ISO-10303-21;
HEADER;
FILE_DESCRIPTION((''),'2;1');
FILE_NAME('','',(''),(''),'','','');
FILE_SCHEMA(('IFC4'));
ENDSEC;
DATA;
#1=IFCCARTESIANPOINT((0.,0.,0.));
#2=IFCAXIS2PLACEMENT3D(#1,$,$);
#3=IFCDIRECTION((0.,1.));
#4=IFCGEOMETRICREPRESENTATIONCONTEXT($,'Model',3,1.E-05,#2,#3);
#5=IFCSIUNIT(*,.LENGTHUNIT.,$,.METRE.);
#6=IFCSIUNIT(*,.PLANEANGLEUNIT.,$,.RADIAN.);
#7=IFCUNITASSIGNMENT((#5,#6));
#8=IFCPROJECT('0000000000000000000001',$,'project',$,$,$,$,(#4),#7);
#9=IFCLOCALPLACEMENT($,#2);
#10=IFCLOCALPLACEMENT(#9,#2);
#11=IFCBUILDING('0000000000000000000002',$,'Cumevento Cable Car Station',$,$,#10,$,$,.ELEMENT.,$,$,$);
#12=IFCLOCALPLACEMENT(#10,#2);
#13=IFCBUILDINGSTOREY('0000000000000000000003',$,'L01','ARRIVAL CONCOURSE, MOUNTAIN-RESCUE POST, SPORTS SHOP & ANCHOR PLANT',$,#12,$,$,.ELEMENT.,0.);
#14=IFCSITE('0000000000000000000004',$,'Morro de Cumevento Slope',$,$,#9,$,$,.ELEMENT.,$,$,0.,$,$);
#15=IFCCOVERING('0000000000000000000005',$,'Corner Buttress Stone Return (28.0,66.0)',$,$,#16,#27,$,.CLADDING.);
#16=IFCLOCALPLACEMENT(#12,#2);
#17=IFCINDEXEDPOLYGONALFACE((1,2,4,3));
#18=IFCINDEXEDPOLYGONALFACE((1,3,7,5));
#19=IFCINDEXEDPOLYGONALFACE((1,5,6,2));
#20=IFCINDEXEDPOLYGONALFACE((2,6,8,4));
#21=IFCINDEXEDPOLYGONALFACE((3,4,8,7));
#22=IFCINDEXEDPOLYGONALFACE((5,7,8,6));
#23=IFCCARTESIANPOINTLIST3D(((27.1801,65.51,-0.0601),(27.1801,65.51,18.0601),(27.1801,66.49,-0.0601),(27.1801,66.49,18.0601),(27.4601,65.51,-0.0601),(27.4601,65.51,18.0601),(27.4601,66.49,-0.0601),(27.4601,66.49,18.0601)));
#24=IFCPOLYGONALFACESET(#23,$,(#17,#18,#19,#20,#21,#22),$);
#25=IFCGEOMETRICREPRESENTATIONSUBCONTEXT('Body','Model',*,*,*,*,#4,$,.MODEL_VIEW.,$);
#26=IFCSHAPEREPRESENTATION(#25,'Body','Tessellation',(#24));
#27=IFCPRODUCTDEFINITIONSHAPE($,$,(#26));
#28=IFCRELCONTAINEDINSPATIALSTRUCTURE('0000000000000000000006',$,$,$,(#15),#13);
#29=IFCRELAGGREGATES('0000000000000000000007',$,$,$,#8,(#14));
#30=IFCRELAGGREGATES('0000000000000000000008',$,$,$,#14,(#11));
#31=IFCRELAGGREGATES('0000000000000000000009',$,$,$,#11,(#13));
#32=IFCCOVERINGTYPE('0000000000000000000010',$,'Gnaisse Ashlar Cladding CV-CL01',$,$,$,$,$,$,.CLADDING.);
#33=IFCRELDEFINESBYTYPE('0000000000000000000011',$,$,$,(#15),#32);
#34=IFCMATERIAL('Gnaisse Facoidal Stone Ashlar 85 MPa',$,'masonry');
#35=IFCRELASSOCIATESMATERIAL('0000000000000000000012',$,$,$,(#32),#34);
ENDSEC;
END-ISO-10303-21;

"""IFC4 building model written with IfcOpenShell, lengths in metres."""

from ifc_helpers import new_model, si_unit, direction, frame, origin, origin_2d, place, context, subcontext, project, spatial, rectangle, extrude, material, type_object, element, save


model = new_model("IFC4")

# Units and contexts
model_context = context("Model", 3, precision=1e-05, world=origin(), true_north=direction((0.0, 1.0)))
body_context = subcontext(model_context, "Body", "Model", "MODEL_VIEW")
ifc_project = project(units=[si_unit("LENGTHUNIT", "METRE"), si_unit("PLANEANGLEUNIT", "RADIAN")], contexts=[model_context])

# Site, building, storey
site_placement = place(None, origin())
site = spatial("IfcSite", under=ifc_project, at=site_placement, Name="Morro de Cumevento Slope", CompositionType="ELEMENT", RefElevation=0.0)
building_placement = place(site_placement, origin())
building = spatial("IfcBuilding", under=site, at=building_placement, Name="Cumevento Cable Car Station", CompositionType="ELEMENT")
storey_placement = place(building_placement, origin())
storey = spatial("IfcBuildingStorey", under=building, at=storey_placement, Name="L01", Description="ARRIVAL CONCOURSE, MOUNTAIN-RESCUE POST, SPORTS SHOP & ANCHOR PLANT", CompositionType="ELEMENT", Elevation=0.0)

# Covering
ifc_material_1 = material(Name="Gnaisse Facoidal Stone Ashlar 85 MPa", Category="masonry")
covering_type = type_object("IfcCoveringType", Name="Gnaisse Ashlar Cladding CV-CL01", PredefinedType="CLADDING", material=ifc_material_1)
covering_1_placement = place(storey_placement, frame((27.3201, 66.0, -0.0601), z_axis=(0.0, 0.0, 1.0), x_axis=(1.0, 0.0, 0.0)))
element("IfcCovering", 1, at=covering_1_placement, inside=storey, type_object=covering_type, Name="Corner Buttress Stone Return (28.0,66.0)", PredefinedType="CLADDING", context=body_context, shape_type="SweptSolid", body=[
    extrude(rectangle(XDim=0.28, YDim=0.98, at=origin_2d()), origin(), (0.0, 0.0, 1.0), 18.1201),
])

save(model, "model.ifc")
